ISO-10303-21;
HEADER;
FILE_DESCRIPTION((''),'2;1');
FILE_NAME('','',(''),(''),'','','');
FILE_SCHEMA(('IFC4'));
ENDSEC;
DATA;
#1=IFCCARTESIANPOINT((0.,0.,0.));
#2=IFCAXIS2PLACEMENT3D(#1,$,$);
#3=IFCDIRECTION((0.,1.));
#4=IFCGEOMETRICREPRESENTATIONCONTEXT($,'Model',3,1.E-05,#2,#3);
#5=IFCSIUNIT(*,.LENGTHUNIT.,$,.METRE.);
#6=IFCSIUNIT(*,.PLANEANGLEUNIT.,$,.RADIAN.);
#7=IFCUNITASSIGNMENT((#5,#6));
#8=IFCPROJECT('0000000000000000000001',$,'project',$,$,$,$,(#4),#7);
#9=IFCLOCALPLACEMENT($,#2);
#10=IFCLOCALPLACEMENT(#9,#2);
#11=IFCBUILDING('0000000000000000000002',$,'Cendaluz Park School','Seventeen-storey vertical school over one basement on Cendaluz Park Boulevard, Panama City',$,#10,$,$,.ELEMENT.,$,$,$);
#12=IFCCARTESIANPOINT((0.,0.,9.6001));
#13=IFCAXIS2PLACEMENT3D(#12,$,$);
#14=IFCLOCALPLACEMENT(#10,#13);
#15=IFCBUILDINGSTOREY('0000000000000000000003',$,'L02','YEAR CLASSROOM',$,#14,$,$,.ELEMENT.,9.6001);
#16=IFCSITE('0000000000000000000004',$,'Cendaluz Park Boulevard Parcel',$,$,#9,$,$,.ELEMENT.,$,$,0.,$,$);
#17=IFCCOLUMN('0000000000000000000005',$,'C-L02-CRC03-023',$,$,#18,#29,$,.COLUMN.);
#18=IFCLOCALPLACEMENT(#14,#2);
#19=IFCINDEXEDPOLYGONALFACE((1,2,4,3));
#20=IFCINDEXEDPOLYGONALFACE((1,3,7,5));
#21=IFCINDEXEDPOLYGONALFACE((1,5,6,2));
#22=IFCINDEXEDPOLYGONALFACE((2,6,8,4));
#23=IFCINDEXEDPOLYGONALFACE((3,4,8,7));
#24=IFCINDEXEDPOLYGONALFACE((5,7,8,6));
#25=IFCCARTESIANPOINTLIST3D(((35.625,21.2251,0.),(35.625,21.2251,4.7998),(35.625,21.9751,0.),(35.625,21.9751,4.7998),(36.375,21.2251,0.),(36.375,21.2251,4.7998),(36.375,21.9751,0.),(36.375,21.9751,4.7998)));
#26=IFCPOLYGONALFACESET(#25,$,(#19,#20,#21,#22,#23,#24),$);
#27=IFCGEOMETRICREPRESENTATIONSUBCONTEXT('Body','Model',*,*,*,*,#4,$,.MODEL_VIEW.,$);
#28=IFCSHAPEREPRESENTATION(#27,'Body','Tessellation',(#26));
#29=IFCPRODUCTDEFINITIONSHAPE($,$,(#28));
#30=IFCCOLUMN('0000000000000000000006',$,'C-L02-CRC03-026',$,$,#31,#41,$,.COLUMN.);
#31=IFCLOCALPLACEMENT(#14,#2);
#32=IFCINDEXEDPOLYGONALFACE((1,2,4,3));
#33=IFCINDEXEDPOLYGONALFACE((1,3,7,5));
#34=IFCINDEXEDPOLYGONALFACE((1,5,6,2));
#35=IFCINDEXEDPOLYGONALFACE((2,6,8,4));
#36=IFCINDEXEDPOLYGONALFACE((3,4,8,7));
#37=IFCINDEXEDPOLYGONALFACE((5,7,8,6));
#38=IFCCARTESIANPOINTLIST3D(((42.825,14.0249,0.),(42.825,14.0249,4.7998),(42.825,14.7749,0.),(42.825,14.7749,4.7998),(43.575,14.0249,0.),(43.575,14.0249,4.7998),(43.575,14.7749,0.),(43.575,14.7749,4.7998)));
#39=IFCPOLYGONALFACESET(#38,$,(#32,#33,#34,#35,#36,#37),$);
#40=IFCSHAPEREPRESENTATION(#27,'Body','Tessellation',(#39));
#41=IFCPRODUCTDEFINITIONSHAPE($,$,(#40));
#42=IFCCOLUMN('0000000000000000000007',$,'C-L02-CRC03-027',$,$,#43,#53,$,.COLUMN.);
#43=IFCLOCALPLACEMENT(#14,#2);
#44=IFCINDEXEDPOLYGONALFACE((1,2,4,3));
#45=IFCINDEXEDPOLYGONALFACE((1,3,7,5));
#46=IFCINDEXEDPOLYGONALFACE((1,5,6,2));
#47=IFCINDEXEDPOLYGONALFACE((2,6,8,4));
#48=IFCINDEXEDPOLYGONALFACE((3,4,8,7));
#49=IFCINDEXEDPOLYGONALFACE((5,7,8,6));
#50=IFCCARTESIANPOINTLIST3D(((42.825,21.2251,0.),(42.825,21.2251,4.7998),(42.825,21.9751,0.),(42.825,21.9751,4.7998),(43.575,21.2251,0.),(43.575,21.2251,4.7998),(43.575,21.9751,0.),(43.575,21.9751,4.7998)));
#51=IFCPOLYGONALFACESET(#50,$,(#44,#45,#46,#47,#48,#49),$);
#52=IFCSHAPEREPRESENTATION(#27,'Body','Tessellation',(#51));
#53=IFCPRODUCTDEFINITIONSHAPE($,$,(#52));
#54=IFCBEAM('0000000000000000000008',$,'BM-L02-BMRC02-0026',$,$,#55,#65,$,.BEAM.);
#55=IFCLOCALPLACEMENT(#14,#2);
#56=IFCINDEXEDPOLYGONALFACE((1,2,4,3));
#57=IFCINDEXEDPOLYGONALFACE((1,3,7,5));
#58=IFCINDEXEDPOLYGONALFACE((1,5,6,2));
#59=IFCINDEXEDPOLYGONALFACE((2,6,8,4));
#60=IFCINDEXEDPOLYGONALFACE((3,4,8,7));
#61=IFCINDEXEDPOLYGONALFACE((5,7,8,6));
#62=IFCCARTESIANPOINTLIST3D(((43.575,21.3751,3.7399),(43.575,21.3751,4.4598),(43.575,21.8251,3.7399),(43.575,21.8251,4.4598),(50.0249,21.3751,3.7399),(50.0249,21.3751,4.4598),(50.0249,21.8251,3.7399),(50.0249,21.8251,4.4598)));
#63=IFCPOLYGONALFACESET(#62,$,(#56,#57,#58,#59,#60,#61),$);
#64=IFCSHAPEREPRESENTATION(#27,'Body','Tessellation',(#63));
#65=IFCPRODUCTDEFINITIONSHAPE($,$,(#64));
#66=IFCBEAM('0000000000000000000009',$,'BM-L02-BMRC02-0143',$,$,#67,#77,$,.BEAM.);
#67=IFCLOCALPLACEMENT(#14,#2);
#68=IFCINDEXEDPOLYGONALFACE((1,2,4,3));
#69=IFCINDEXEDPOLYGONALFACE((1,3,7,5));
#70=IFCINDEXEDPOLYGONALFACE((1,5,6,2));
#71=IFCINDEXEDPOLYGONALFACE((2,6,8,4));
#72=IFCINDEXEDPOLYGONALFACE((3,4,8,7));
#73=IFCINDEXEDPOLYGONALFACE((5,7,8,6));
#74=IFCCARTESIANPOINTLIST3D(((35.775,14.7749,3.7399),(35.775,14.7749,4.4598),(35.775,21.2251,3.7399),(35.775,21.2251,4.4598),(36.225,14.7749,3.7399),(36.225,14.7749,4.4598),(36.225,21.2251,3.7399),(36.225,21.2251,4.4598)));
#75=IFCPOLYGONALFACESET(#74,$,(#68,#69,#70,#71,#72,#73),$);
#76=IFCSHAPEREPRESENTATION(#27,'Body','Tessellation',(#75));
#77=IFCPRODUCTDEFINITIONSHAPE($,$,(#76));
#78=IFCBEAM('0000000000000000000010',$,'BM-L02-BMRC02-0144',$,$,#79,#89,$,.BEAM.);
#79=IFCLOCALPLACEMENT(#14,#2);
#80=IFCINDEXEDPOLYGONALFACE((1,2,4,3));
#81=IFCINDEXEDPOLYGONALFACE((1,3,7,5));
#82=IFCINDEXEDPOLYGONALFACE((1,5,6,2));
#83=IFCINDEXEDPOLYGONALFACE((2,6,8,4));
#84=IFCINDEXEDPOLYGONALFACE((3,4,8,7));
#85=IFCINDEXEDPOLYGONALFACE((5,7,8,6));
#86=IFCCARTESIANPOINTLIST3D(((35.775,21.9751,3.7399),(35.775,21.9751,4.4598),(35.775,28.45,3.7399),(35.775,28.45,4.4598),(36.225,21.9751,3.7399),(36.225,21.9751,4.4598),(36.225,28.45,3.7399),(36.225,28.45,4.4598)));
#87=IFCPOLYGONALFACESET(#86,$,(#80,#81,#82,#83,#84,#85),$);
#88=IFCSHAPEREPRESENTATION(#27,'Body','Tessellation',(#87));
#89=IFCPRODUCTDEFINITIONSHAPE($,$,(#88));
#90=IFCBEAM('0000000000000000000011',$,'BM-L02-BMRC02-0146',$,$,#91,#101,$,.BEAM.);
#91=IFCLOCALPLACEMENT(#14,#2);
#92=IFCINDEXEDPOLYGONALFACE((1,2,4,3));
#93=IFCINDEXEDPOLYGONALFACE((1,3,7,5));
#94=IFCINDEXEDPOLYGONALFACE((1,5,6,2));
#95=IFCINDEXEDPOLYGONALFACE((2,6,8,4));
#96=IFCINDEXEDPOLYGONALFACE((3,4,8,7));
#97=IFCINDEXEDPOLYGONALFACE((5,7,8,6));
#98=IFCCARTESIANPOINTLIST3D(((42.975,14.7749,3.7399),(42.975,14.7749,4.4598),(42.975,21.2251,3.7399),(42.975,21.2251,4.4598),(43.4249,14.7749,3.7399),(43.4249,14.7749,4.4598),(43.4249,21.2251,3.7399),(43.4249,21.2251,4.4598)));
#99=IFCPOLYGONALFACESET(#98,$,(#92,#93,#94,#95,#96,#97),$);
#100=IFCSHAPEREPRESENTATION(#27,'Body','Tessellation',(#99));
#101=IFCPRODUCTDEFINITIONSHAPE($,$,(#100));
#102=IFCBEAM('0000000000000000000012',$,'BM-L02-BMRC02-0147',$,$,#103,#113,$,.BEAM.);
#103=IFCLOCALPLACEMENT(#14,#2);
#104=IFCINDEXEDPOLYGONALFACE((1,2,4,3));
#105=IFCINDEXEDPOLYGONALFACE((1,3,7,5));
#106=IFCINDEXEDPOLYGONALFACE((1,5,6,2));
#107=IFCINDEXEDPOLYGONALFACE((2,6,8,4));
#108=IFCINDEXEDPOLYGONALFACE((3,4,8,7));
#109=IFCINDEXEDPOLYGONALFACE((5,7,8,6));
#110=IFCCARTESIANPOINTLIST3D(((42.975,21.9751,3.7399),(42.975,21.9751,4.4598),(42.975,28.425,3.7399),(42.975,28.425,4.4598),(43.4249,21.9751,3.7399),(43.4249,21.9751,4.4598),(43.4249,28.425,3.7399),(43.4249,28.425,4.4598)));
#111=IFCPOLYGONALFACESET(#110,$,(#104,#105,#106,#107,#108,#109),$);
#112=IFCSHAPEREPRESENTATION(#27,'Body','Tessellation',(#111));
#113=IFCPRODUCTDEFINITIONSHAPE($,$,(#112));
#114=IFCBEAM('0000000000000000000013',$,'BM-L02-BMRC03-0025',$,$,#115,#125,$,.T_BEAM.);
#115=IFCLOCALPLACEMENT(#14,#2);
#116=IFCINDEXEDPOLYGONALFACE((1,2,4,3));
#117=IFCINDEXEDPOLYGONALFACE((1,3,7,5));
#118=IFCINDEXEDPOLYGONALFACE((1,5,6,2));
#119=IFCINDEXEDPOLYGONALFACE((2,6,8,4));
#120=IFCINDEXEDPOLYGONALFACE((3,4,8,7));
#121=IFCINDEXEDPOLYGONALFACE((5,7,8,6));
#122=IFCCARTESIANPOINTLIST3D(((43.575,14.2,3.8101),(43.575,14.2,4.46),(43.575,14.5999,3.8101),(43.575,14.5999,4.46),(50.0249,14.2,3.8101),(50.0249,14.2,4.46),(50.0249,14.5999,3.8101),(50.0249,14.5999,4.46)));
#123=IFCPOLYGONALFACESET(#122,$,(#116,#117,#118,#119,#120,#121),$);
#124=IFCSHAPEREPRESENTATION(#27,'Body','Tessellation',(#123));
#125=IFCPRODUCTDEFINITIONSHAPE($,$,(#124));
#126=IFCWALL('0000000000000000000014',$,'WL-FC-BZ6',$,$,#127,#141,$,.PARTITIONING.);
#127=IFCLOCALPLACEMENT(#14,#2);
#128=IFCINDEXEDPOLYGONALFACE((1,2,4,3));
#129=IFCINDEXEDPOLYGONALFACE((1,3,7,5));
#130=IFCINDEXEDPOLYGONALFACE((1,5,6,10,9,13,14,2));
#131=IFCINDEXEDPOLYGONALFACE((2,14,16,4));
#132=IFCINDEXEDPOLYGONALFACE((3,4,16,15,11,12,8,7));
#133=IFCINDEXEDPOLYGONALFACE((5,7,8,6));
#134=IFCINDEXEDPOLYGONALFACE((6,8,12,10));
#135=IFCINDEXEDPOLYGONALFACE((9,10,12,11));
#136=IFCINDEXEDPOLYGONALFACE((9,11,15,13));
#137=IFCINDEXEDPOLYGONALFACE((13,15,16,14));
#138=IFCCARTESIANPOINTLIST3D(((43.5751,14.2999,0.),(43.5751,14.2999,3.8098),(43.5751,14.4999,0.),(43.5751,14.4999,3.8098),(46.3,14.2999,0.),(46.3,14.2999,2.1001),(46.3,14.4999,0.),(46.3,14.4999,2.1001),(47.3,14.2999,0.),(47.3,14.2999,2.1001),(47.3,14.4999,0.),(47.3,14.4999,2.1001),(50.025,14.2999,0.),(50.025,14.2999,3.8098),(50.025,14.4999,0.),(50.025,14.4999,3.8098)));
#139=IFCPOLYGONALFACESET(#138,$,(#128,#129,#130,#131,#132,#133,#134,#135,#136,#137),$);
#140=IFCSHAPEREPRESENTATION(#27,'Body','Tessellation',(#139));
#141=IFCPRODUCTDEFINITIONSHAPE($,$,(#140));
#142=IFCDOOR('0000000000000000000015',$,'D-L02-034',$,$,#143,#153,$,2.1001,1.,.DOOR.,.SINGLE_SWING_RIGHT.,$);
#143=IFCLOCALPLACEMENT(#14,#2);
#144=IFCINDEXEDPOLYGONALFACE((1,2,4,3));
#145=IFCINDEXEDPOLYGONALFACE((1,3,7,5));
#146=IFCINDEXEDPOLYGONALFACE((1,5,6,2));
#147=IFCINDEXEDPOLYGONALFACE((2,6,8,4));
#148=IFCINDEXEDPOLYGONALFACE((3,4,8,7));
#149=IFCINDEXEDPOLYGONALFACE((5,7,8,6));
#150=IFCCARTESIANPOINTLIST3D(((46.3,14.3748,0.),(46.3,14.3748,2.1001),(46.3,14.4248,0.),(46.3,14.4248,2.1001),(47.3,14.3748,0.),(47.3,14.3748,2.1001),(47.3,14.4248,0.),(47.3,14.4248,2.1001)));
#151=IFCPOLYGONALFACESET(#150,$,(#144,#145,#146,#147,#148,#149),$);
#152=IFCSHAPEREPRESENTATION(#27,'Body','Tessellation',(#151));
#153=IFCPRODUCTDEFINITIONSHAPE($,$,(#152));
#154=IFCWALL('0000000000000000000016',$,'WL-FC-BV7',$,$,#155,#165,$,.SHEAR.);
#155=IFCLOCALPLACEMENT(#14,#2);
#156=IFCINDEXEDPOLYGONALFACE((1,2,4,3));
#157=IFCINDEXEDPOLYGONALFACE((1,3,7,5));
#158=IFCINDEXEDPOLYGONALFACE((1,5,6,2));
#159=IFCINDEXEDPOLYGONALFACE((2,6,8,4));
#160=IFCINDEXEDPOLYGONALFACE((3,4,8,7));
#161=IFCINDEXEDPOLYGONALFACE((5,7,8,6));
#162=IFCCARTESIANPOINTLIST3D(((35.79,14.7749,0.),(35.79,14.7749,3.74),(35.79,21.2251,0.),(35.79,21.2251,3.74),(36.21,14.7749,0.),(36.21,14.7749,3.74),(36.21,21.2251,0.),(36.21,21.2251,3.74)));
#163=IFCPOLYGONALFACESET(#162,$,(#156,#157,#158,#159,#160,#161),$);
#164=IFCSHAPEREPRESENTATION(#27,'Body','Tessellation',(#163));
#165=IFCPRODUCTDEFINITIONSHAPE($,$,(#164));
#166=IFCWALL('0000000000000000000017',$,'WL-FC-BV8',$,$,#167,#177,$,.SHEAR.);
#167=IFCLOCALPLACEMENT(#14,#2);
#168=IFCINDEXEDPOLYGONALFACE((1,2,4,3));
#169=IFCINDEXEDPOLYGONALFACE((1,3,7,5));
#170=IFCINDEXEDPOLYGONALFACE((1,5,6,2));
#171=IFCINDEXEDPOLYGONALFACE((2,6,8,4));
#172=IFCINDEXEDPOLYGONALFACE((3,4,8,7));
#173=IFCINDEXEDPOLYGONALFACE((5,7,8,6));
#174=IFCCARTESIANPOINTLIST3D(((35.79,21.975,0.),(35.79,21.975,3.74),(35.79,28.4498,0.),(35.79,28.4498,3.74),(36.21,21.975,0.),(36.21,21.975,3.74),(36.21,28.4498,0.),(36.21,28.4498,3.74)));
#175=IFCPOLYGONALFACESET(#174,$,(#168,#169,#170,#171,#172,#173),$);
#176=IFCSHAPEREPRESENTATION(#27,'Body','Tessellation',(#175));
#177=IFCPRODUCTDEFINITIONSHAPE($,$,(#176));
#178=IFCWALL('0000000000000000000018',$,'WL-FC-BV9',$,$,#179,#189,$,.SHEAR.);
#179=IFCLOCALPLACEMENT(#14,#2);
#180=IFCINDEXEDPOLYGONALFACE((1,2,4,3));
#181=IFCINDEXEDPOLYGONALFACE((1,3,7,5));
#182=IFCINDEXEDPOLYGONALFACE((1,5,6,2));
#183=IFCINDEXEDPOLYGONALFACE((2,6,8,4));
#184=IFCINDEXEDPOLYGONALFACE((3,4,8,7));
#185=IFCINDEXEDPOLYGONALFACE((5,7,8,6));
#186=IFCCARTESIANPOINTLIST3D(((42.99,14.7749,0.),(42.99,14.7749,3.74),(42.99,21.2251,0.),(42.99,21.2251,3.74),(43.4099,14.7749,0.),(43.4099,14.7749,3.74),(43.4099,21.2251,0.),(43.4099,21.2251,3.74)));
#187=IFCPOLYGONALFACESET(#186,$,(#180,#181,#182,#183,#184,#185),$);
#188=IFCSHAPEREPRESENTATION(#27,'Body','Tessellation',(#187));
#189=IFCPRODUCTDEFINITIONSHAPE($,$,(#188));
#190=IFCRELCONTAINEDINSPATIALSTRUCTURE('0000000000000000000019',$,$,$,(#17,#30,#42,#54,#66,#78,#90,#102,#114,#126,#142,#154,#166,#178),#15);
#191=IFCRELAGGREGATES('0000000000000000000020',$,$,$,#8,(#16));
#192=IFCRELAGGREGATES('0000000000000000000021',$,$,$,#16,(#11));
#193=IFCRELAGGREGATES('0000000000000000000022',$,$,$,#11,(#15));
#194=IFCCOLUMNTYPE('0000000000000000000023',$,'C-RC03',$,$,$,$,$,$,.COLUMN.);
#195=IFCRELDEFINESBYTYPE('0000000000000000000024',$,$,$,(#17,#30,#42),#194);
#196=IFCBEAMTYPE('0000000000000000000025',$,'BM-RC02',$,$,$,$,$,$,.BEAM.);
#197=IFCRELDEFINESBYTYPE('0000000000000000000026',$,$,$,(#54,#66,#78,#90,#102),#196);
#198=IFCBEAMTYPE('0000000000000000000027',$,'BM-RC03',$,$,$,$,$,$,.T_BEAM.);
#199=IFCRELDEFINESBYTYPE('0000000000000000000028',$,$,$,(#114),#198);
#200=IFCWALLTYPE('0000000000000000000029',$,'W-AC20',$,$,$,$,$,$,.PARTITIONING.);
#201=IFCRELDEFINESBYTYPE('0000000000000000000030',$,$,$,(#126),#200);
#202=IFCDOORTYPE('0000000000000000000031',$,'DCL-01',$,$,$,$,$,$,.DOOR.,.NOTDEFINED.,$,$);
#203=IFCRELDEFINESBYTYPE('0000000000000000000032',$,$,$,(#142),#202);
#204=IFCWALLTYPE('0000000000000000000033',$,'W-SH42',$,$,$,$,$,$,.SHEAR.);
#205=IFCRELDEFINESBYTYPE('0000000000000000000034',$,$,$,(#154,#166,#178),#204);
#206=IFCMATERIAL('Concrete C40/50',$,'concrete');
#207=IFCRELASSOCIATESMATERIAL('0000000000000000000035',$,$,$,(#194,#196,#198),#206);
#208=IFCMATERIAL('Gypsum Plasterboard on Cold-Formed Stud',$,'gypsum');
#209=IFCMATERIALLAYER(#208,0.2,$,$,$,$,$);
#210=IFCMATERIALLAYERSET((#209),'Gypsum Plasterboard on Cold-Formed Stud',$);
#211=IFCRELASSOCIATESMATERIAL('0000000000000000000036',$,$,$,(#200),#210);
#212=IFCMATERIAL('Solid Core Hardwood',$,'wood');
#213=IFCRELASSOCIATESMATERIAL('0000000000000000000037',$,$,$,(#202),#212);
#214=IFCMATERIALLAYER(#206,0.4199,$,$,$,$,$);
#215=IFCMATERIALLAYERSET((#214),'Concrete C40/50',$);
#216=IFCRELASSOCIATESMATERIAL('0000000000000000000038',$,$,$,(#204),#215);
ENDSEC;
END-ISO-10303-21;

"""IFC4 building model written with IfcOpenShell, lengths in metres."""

from ifc_helpers import new_model, si_unit, direction, frame, frame_2d, origin, origin_2d, place, context, subcontext, project, spatial, rectangle, extrude, material, layer, layer_set, material_profile, profile_set, type_object, element, fill, save


model = new_model("IFC4")

# Units and contexts
model_context = context("Model", 3, precision=1e-05, world=origin(), true_north=direction((0.0, 1.0)))
body_context = subcontext(model_context, "Body", "Model", "MODEL_VIEW")
ifc_project = project(units=[si_unit("LENGTHUNIT", "METRE"), si_unit("PLANEANGLEUNIT", "RADIAN")], contexts=[model_context])

# Site, building, storey
site_placement = place(None, origin())
site = spatial("IfcSite", under=ifc_project, at=site_placement, Name="Cendaluz Park Boulevard Parcel", CompositionType="ELEMENT", RefElevation=0.0)
building_placement = place(site_placement, origin())
building = spatial("IfcBuilding", under=site, at=building_placement, Name="Cendaluz Park School", Description="Seventeen-storey vertical school over one basement on Cendaluz Park Boulevard, Panama City", CompositionType="ELEMENT")
storey_placement = place(building_placement, frame((0.0, 0.0, 9.6001)))
storey = spatial("IfcBuildingStorey", under=building, at=storey_placement, Name="L02", Description="YEAR CLASSROOM", CompositionType="ELEMENT", Elevation=9.6001)

# Columns
ifc_material_1 = material(Name="Concrete C40/50", Category="concrete")
ifc_material_profile_1 = material_profile(ifc_material_1, rectangle(XDim=0.75, YDim=0.75, at=origin_2d()), Name="RC 750x750", Category="concrete")
ifc_profile_set_1 = profile_set([ifc_material_profile_1], Name="Concrete C40/50")
column_type = type_object("IfcColumnType", Name="C-RC03", PredefinedType="COLUMN", material=ifc_profile_set_1)
for number, where, z_axis, x_axis, name in (
    (1, (36.0, 21.6001, 0.0), (0.0, 0.0, 1.0), (1.0, 0.0, 0.0), "C-L02-CRC03-023"),
    (2, (43.2, 14.3999, 0.0), (0.0, 0.0, 1.0), (1.0, 0.0, 0.0), "C-L02-CRC03-026"),
    (3, (43.2, 21.6001, 0.0), (0.0, 0.0, 1.0), (1.0, 0.0, 0.0), "C-L02-CRC03-027"),
):
    element("IfcColumn", number, at=place(storey_placement, frame(where, z_axis=z_axis, x_axis=x_axis)), inside=storey, type_object=column_type, Name=name, PredefinedType="COLUMN", context=body_context, shape_type="SweptSolid", body=[
        extrude(rectangle(XDim=0.75, YDim=0.75, at=origin_2d()), origin(), (0.0, 0.0, 1.0), 4.7998),
    ])

# Beams
ifc_material_profile_2 = material_profile(ifc_material_1, rectangle(XDim=0.45, YDim=0.72, at=origin_2d()), Name="RC 450x720", Category="concrete")
ifc_profile_set_2 = profile_set([ifc_material_profile_2], Name="Concrete C40/50")
beam_type_1 = type_object("IfcBeamType", Name="BM-RC02", PredefinedType="BEAM", material=ifc_profile_set_2)
beam_1_placement = place(storey_placement, frame((43.575, 21.6001, 4.0999), z_axis=(1.0, 0.0, 0.0), x_axis=(0.0, 1.0, 0.0)))
element("IfcBeam", 4, at=beam_1_placement, inside=storey, type_object=beam_type_1, Name="BM-L02-BMRC02-0026", PredefinedType="BEAM", context=body_context, shape_type="SweptSolid", body=[
    extrude(rectangle(XDim=0.45, YDim=0.72, at=origin_2d()), origin(), (0.0, 0.0, 1.0), 6.45),
])
beam_2_placement = place(storey_placement, frame((36.0, 14.7749, 4.0999), z_axis=(0.0, 1.0, 0.0), x_axis=(-1.0, 0.0, 0.0)))
element("IfcBeam", 5, at=beam_2_placement, inside=storey, type_object=beam_type_1, Name="BM-L02-BMRC02-0143", PredefinedType="BEAM", context=body_context, shape_type="SweptSolid", body=[
    extrude(rectangle(XDim=0.45, YDim=0.72, at=origin_2d()), origin(), (0.0, 0.0, 1.0), 6.4502),
])
beam_3_placement = place(storey_placement, frame((36.0, 21.9751, 4.0999), z_axis=(0.0, 1.0, 0.0), x_axis=(-1.0, 0.0, 0.0)))
element("IfcBeam", 6, at=beam_3_placement, inside=storey, type_object=beam_type_1, Name="BM-L02-BMRC02-0144", PredefinedType="BEAM", context=body_context, shape_type="SweptSolid", body=[
    extrude(rectangle(XDim=0.45, YDim=0.72, at=origin_2d()), origin(), (0.0, 0.0, 1.0), 6.4749),
])
beam_4_placement = place(storey_placement, frame((43.2, 14.7749, 4.0999), z_axis=(0.0, 1.0, 0.0), x_axis=(-1.0, 0.0, 0.0)))
element("IfcBeam", 7, at=beam_4_placement, inside=storey, type_object=beam_type_1, Name="BM-L02-BMRC02-0146", PredefinedType="BEAM", context=body_context, shape_type="SweptSolid", body=[
    extrude(rectangle(XDim=0.45, YDim=0.72, at=origin_2d()), origin(), (0.0, 0.0, 1.0), 6.4502),
])
beam_5_placement = place(storey_placement, frame((43.2, 21.9751, 4.0999), z_axis=(0.0, 1.0, 0.0), x_axis=(-1.0, 0.0, 0.0)))
element("IfcBeam", 8, at=beam_5_placement, inside=storey, type_object=beam_type_1, Name="BM-L02-BMRC02-0147", PredefinedType="BEAM", context=body_context, shape_type="SweptSolid", body=[
    extrude(rectangle(XDim=0.45, YDim=0.72, at=origin_2d()), origin(), (0.0, 0.0, 1.0), 6.45),
])
ifc_material_profile_3 = material_profile(ifc_material_1, rectangle(XDim=0.3999, YDim=0.6499, at=origin_2d()), Name="RC 400x650", Category="concrete")
ifc_profile_set_3 = profile_set([ifc_material_profile_3], Name="Concrete C40/50")
beam_type_2 = type_object("IfcBeamType", Name="BM-RC03", PredefinedType="T_BEAM", material=ifc_profile_set_3)
beam_6_placement = place(storey_placement, frame((43.575, 14.3999, 4.135), z_axis=(1.0, 0.0, 0.0), x_axis=(0.0, 1.0, 0.0)))
element("IfcBeam", 9, at=beam_6_placement, inside=storey, type_object=beam_type_2, Name="BM-L02-BMRC03-0025", PredefinedType="T_BEAM", context=body_context, shape_type="SweptSolid", body=[
    extrude(rectangle(XDim=0.3999, YDim=0.6499, at=origin_2d()), origin(), (0.0, 0.0, 1.0), 6.45),
])

# Wall, opening, door
ifc_material_2 = material(Name="Gypsum Plasterboard on Cold-Formed Stud", Category="gypsum")
ifc_layer_1 = layer(ifc_material_2, 0.2)
ifc_layer_set_1 = layer_set([ifc_layer_1], Name="Gypsum Plasterboard on Cold-Formed Stud")
wall_type_1 = type_object("IfcWallType", Name="W-AC20", PredefinedType="PARTITIONING", material=ifc_layer_set_1)
wall_1_placement = place(storey_placement, frame((43.575, 14.3999, 0.0), z_axis=(0.0, 0.0, 1.0), x_axis=(1.0, 0.0, 0.0)))
wall_1 = element("IfcWall", 10, at=wall_1_placement, inside=storey, type_object=wall_type_1, Name="WL-FC-BZ6", PredefinedType="PARTITIONING", context=body_context, shape_type="SweptSolid", body=[
    extrude(rectangle(XDim=6.45, YDim=0.2, at=frame_2d((3.2251, 0.0))), origin(), (0.0, 0.0, 1.0), 3.8098),
])
opening_1_placement = place(wall_1_placement, frame((2.7251, 0.0, 0.0)))
opening_1 = element("IfcOpeningElement", 11, at=opening_1_placement, cuts=wall_1, PredefinedType="OPENING", context=body_context, shape_type="SweptSolid", body=[
    extrude(rectangle(XDim=1.0, YDim=2.1001, at=frame_2d((0.5, 1.05))), frame((0.0, 0.1121, 0.0), z_axis=(0.0, -1.0, 0.0), x_axis=(1.0, 0.0, 0.0)), (0.0, 0.0, 1.0), 0.2239),
])
ifc_material_3 = material(Name="Solid Core Hardwood", Category="wood")
door_type_1 = type_object("IfcDoorType", Name="DCL-01", OperationType="NOTDEFINED", PredefinedType="DOOR", material=ifc_material_3)
door_1_placement = place(opening_1_placement, origin())
door_1 = element("IfcDoor", 12, at=door_1_placement, inside=storey, type_object=door_type_1, Name="D-L02-034", OperationType="SINGLE_SWING_RIGHT", OverallHeight=2.1001, OverallWidth=1.0, PredefinedType="DOOR", context=body_context, shape_type="SweptSolid", body=[
    extrude(rectangle(XDim=1.0, YDim=2.1001, at=frame_2d((0.5, 1.05))), frame((0.0, 0.0249, 0.0), z_axis=(0.0, -1.0, 0.0), x_axis=(1.0, 0.0, 0.0)), (0.0, 0.0, 1.0), 0.05),
])
fill(opening_1, door_1)

# Walls
ifc_layer_2 = layer(ifc_material_1, 0.4199)
ifc_layer_set_2 = layer_set([ifc_layer_2], Name="Concrete C40/50")
wall_type_2 = type_object("IfcWallType", Name="W-SH42", PredefinedType="SHEAR", material=ifc_layer_set_2)
wall_2_placement = place(storey_placement, frame((36.0, 14.7749, 0.0), z_axis=(0.0, 0.0, 1.0), x_axis=(0.0, 1.0, 0.0)))
element("IfcWall", 13, at=wall_2_placement, inside=storey, type_object=wall_type_2, Name="WL-FC-BV7", PredefinedType="SHEAR", context=body_context, shape_type="SweptSolid", body=[
    extrude(rectangle(XDim=6.4502, YDim=0.4199, at=frame_2d((3.2251, 0.0))), origin(), (0.0, 0.0, 1.0), 3.74),
])
wall_3_placement = place(storey_placement, frame((36.0, 21.9751, 0.0), z_axis=(0.0, 0.0, 1.0), x_axis=(0.0, 1.0, 0.0)))
element("IfcWall", 14, at=wall_3_placement, inside=storey, type_object=wall_type_2, Name="WL-FC-BV8", PredefinedType="SHEAR", context=body_context, shape_type="SweptSolid", body=[
    extrude(rectangle(XDim=6.4749, YDim=0.4199, at=frame_2d((3.2373, 0.0))), origin(), (0.0, 0.0, 1.0), 3.74),
])
wall_4_placement = place(storey_placement, frame((43.2, 14.7749, 0.0), z_axis=(0.0, 0.0, 1.0), x_axis=(0.0, 1.0, 0.0)))
element("IfcWall", 15, at=wall_4_placement, inside=storey, type_object=wall_type_2, Name="WL-FC-BV9", PredefinedType="SHEAR", context=body_context, shape_type="SweptSolid", body=[
    extrude(rectangle(XDim=6.4502, YDim=0.4199, at=frame_2d((3.2251, 0.0))), origin(), (0.0, 0.0, 1.0), 3.74),
])

save(model, "model.ifc")
